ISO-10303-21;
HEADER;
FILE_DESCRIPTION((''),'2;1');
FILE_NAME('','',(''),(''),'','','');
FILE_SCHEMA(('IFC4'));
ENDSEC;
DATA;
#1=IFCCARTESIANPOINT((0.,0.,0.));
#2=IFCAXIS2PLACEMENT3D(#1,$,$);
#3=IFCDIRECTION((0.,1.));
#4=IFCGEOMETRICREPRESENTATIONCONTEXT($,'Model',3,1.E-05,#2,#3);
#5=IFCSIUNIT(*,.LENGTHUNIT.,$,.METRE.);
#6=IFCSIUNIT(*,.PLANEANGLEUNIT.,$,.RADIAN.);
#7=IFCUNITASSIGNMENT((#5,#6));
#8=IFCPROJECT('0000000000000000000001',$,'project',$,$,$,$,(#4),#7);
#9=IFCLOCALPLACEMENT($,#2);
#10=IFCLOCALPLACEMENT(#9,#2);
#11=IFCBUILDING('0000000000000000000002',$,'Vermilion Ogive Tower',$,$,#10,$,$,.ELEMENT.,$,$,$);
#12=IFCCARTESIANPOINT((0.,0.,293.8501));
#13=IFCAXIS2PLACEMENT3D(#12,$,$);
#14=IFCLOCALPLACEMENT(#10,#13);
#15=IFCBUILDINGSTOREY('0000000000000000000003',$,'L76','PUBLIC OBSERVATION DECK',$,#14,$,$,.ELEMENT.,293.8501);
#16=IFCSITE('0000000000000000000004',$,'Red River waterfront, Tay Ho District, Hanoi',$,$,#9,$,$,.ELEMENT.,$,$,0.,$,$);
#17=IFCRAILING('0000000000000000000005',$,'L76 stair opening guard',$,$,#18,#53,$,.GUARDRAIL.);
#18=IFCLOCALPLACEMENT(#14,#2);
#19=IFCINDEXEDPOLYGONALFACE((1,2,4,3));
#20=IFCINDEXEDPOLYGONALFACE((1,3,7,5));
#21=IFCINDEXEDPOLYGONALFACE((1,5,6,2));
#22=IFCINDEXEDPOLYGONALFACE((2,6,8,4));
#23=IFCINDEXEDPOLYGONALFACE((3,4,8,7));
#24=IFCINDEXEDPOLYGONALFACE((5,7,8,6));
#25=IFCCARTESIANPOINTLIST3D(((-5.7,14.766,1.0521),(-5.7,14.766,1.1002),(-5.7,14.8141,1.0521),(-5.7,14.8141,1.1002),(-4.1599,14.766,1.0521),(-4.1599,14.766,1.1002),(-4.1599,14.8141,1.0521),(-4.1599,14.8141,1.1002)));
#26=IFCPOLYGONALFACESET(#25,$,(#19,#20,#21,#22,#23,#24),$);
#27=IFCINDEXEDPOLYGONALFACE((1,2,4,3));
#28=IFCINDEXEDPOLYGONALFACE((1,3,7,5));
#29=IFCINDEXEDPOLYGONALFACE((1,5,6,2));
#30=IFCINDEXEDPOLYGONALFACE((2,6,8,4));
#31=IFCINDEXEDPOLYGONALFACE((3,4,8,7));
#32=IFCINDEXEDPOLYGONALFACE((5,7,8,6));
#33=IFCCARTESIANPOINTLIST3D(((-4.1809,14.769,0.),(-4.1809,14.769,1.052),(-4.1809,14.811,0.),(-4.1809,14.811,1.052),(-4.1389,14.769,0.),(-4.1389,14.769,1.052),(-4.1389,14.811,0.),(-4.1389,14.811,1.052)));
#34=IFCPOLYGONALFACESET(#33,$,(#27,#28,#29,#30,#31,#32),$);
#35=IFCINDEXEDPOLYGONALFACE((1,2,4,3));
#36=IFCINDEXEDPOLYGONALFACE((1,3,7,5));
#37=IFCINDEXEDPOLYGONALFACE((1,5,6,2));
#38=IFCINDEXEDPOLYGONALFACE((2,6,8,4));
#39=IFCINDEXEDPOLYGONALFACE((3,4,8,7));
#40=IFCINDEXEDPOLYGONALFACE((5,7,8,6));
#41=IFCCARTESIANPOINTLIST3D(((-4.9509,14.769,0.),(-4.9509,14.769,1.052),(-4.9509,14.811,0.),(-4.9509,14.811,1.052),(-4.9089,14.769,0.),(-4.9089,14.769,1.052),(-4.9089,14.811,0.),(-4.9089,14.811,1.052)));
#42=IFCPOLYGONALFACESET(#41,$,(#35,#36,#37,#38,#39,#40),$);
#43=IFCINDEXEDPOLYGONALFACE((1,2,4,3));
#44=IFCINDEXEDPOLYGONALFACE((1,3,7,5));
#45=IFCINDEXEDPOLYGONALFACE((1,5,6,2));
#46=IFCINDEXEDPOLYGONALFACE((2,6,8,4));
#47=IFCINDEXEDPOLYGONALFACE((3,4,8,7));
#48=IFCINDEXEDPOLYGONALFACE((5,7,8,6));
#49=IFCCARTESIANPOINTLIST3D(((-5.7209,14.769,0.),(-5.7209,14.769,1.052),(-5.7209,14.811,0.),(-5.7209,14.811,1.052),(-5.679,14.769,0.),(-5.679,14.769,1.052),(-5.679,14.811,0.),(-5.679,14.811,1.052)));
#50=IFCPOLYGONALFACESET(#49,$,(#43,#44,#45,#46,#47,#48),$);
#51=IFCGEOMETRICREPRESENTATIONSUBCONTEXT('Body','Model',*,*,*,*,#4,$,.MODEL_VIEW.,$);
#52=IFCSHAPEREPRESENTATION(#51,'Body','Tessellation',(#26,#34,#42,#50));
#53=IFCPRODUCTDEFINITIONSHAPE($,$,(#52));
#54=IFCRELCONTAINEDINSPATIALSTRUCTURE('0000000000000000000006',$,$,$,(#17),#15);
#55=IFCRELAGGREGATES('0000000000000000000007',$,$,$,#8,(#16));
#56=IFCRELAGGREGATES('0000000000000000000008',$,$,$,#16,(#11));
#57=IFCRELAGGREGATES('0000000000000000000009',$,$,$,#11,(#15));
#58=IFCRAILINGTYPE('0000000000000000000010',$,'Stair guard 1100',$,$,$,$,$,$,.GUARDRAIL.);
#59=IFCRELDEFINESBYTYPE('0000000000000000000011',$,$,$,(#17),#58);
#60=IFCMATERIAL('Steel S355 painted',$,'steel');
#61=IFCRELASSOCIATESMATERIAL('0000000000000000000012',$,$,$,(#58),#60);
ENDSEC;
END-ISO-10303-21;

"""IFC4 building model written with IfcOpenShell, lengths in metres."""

from ifc_helpers import new_model, si_unit, direction, frame, origin, origin_2d, place, context, subcontext, project, spatial, rectangle, extrude, material, type_object, element, save


model = new_model("IFC4")

# Units and contexts
model_context = context("Model", 3, precision=1e-05, world=origin(), true_north=direction((0.0, 1.0)))
body_context = subcontext(model_context, "Body", "Model", "MODEL_VIEW")
ifc_project = project(units=[si_unit("LENGTHUNIT", "METRE"), si_unit("PLANEANGLEUNIT", "RADIAN")], contexts=[model_context])

# Site, building, storey
site_placement = place(None, origin())
site = spatial("IfcSite", under=ifc_project, at=site_placement, Name="Red River waterfront, Tay Ho District, Hanoi", CompositionType="ELEMENT", RefElevation=0.0)
building_placement = place(site_placement, origin())
building = spatial("IfcBuilding", under=site, at=building_placement, Name="Vermilion Ogive Tower", CompositionType="ELEMENT")
storey_placement = place(building_placement, frame((0.0, 0.0, 293.8501)))
storey = spatial("IfcBuildingStorey", under=building, at=storey_placement, Name="L76", Description="PUBLIC OBSERVATION DECK", CompositionType="ELEMENT", Elevation=293.8501)

# Railing
ifc_material_1 = material(Name="Steel S355 painted", Category="steel")
railing_type = type_object("IfcRailingType", Name="Stair guard 1100", PredefinedType="GUARDRAIL", material=ifc_material_1)
railing_1_placement = place(storey_placement, frame((-4.1599, 14.79, 0.0)))
element("IfcRailing", 1, at=railing_1_placement, inside=storey, type_object=railing_type, Name="L76 stair opening guard", PredefinedType="GUARDRAIL", context=body_context, shape_type="SweptSolid", body=[
    extrude(rectangle(XDim=0.0481, YDim=0.0481, at=origin_2d()), frame((0.0, 0.0, 1.0762), z_axis=(-1.0, 0.0, 0.0), x_axis=(0.0, -1.0, 0.0)), (0.0, 0.0, 1.0), 1.54),
    extrude(rectangle(XDim=0.042, YDim=0.042, at=origin_2d()), origin(), (0.0, 0.0, 1.0), 1.052),
    extrude(rectangle(XDim=0.042, YDim=0.042, at=origin_2d()), frame((-0.77, 0.0, 0.0)), (0.0, 0.0, 1.0), 1.052),
    extrude(rectangle(XDim=0.042, YDim=0.042, at=origin_2d()), frame((-1.54, 0.0, 0.0)), (0.0, 0.0, 1.0), 1.052),
])

save(model, "model.ifc")
